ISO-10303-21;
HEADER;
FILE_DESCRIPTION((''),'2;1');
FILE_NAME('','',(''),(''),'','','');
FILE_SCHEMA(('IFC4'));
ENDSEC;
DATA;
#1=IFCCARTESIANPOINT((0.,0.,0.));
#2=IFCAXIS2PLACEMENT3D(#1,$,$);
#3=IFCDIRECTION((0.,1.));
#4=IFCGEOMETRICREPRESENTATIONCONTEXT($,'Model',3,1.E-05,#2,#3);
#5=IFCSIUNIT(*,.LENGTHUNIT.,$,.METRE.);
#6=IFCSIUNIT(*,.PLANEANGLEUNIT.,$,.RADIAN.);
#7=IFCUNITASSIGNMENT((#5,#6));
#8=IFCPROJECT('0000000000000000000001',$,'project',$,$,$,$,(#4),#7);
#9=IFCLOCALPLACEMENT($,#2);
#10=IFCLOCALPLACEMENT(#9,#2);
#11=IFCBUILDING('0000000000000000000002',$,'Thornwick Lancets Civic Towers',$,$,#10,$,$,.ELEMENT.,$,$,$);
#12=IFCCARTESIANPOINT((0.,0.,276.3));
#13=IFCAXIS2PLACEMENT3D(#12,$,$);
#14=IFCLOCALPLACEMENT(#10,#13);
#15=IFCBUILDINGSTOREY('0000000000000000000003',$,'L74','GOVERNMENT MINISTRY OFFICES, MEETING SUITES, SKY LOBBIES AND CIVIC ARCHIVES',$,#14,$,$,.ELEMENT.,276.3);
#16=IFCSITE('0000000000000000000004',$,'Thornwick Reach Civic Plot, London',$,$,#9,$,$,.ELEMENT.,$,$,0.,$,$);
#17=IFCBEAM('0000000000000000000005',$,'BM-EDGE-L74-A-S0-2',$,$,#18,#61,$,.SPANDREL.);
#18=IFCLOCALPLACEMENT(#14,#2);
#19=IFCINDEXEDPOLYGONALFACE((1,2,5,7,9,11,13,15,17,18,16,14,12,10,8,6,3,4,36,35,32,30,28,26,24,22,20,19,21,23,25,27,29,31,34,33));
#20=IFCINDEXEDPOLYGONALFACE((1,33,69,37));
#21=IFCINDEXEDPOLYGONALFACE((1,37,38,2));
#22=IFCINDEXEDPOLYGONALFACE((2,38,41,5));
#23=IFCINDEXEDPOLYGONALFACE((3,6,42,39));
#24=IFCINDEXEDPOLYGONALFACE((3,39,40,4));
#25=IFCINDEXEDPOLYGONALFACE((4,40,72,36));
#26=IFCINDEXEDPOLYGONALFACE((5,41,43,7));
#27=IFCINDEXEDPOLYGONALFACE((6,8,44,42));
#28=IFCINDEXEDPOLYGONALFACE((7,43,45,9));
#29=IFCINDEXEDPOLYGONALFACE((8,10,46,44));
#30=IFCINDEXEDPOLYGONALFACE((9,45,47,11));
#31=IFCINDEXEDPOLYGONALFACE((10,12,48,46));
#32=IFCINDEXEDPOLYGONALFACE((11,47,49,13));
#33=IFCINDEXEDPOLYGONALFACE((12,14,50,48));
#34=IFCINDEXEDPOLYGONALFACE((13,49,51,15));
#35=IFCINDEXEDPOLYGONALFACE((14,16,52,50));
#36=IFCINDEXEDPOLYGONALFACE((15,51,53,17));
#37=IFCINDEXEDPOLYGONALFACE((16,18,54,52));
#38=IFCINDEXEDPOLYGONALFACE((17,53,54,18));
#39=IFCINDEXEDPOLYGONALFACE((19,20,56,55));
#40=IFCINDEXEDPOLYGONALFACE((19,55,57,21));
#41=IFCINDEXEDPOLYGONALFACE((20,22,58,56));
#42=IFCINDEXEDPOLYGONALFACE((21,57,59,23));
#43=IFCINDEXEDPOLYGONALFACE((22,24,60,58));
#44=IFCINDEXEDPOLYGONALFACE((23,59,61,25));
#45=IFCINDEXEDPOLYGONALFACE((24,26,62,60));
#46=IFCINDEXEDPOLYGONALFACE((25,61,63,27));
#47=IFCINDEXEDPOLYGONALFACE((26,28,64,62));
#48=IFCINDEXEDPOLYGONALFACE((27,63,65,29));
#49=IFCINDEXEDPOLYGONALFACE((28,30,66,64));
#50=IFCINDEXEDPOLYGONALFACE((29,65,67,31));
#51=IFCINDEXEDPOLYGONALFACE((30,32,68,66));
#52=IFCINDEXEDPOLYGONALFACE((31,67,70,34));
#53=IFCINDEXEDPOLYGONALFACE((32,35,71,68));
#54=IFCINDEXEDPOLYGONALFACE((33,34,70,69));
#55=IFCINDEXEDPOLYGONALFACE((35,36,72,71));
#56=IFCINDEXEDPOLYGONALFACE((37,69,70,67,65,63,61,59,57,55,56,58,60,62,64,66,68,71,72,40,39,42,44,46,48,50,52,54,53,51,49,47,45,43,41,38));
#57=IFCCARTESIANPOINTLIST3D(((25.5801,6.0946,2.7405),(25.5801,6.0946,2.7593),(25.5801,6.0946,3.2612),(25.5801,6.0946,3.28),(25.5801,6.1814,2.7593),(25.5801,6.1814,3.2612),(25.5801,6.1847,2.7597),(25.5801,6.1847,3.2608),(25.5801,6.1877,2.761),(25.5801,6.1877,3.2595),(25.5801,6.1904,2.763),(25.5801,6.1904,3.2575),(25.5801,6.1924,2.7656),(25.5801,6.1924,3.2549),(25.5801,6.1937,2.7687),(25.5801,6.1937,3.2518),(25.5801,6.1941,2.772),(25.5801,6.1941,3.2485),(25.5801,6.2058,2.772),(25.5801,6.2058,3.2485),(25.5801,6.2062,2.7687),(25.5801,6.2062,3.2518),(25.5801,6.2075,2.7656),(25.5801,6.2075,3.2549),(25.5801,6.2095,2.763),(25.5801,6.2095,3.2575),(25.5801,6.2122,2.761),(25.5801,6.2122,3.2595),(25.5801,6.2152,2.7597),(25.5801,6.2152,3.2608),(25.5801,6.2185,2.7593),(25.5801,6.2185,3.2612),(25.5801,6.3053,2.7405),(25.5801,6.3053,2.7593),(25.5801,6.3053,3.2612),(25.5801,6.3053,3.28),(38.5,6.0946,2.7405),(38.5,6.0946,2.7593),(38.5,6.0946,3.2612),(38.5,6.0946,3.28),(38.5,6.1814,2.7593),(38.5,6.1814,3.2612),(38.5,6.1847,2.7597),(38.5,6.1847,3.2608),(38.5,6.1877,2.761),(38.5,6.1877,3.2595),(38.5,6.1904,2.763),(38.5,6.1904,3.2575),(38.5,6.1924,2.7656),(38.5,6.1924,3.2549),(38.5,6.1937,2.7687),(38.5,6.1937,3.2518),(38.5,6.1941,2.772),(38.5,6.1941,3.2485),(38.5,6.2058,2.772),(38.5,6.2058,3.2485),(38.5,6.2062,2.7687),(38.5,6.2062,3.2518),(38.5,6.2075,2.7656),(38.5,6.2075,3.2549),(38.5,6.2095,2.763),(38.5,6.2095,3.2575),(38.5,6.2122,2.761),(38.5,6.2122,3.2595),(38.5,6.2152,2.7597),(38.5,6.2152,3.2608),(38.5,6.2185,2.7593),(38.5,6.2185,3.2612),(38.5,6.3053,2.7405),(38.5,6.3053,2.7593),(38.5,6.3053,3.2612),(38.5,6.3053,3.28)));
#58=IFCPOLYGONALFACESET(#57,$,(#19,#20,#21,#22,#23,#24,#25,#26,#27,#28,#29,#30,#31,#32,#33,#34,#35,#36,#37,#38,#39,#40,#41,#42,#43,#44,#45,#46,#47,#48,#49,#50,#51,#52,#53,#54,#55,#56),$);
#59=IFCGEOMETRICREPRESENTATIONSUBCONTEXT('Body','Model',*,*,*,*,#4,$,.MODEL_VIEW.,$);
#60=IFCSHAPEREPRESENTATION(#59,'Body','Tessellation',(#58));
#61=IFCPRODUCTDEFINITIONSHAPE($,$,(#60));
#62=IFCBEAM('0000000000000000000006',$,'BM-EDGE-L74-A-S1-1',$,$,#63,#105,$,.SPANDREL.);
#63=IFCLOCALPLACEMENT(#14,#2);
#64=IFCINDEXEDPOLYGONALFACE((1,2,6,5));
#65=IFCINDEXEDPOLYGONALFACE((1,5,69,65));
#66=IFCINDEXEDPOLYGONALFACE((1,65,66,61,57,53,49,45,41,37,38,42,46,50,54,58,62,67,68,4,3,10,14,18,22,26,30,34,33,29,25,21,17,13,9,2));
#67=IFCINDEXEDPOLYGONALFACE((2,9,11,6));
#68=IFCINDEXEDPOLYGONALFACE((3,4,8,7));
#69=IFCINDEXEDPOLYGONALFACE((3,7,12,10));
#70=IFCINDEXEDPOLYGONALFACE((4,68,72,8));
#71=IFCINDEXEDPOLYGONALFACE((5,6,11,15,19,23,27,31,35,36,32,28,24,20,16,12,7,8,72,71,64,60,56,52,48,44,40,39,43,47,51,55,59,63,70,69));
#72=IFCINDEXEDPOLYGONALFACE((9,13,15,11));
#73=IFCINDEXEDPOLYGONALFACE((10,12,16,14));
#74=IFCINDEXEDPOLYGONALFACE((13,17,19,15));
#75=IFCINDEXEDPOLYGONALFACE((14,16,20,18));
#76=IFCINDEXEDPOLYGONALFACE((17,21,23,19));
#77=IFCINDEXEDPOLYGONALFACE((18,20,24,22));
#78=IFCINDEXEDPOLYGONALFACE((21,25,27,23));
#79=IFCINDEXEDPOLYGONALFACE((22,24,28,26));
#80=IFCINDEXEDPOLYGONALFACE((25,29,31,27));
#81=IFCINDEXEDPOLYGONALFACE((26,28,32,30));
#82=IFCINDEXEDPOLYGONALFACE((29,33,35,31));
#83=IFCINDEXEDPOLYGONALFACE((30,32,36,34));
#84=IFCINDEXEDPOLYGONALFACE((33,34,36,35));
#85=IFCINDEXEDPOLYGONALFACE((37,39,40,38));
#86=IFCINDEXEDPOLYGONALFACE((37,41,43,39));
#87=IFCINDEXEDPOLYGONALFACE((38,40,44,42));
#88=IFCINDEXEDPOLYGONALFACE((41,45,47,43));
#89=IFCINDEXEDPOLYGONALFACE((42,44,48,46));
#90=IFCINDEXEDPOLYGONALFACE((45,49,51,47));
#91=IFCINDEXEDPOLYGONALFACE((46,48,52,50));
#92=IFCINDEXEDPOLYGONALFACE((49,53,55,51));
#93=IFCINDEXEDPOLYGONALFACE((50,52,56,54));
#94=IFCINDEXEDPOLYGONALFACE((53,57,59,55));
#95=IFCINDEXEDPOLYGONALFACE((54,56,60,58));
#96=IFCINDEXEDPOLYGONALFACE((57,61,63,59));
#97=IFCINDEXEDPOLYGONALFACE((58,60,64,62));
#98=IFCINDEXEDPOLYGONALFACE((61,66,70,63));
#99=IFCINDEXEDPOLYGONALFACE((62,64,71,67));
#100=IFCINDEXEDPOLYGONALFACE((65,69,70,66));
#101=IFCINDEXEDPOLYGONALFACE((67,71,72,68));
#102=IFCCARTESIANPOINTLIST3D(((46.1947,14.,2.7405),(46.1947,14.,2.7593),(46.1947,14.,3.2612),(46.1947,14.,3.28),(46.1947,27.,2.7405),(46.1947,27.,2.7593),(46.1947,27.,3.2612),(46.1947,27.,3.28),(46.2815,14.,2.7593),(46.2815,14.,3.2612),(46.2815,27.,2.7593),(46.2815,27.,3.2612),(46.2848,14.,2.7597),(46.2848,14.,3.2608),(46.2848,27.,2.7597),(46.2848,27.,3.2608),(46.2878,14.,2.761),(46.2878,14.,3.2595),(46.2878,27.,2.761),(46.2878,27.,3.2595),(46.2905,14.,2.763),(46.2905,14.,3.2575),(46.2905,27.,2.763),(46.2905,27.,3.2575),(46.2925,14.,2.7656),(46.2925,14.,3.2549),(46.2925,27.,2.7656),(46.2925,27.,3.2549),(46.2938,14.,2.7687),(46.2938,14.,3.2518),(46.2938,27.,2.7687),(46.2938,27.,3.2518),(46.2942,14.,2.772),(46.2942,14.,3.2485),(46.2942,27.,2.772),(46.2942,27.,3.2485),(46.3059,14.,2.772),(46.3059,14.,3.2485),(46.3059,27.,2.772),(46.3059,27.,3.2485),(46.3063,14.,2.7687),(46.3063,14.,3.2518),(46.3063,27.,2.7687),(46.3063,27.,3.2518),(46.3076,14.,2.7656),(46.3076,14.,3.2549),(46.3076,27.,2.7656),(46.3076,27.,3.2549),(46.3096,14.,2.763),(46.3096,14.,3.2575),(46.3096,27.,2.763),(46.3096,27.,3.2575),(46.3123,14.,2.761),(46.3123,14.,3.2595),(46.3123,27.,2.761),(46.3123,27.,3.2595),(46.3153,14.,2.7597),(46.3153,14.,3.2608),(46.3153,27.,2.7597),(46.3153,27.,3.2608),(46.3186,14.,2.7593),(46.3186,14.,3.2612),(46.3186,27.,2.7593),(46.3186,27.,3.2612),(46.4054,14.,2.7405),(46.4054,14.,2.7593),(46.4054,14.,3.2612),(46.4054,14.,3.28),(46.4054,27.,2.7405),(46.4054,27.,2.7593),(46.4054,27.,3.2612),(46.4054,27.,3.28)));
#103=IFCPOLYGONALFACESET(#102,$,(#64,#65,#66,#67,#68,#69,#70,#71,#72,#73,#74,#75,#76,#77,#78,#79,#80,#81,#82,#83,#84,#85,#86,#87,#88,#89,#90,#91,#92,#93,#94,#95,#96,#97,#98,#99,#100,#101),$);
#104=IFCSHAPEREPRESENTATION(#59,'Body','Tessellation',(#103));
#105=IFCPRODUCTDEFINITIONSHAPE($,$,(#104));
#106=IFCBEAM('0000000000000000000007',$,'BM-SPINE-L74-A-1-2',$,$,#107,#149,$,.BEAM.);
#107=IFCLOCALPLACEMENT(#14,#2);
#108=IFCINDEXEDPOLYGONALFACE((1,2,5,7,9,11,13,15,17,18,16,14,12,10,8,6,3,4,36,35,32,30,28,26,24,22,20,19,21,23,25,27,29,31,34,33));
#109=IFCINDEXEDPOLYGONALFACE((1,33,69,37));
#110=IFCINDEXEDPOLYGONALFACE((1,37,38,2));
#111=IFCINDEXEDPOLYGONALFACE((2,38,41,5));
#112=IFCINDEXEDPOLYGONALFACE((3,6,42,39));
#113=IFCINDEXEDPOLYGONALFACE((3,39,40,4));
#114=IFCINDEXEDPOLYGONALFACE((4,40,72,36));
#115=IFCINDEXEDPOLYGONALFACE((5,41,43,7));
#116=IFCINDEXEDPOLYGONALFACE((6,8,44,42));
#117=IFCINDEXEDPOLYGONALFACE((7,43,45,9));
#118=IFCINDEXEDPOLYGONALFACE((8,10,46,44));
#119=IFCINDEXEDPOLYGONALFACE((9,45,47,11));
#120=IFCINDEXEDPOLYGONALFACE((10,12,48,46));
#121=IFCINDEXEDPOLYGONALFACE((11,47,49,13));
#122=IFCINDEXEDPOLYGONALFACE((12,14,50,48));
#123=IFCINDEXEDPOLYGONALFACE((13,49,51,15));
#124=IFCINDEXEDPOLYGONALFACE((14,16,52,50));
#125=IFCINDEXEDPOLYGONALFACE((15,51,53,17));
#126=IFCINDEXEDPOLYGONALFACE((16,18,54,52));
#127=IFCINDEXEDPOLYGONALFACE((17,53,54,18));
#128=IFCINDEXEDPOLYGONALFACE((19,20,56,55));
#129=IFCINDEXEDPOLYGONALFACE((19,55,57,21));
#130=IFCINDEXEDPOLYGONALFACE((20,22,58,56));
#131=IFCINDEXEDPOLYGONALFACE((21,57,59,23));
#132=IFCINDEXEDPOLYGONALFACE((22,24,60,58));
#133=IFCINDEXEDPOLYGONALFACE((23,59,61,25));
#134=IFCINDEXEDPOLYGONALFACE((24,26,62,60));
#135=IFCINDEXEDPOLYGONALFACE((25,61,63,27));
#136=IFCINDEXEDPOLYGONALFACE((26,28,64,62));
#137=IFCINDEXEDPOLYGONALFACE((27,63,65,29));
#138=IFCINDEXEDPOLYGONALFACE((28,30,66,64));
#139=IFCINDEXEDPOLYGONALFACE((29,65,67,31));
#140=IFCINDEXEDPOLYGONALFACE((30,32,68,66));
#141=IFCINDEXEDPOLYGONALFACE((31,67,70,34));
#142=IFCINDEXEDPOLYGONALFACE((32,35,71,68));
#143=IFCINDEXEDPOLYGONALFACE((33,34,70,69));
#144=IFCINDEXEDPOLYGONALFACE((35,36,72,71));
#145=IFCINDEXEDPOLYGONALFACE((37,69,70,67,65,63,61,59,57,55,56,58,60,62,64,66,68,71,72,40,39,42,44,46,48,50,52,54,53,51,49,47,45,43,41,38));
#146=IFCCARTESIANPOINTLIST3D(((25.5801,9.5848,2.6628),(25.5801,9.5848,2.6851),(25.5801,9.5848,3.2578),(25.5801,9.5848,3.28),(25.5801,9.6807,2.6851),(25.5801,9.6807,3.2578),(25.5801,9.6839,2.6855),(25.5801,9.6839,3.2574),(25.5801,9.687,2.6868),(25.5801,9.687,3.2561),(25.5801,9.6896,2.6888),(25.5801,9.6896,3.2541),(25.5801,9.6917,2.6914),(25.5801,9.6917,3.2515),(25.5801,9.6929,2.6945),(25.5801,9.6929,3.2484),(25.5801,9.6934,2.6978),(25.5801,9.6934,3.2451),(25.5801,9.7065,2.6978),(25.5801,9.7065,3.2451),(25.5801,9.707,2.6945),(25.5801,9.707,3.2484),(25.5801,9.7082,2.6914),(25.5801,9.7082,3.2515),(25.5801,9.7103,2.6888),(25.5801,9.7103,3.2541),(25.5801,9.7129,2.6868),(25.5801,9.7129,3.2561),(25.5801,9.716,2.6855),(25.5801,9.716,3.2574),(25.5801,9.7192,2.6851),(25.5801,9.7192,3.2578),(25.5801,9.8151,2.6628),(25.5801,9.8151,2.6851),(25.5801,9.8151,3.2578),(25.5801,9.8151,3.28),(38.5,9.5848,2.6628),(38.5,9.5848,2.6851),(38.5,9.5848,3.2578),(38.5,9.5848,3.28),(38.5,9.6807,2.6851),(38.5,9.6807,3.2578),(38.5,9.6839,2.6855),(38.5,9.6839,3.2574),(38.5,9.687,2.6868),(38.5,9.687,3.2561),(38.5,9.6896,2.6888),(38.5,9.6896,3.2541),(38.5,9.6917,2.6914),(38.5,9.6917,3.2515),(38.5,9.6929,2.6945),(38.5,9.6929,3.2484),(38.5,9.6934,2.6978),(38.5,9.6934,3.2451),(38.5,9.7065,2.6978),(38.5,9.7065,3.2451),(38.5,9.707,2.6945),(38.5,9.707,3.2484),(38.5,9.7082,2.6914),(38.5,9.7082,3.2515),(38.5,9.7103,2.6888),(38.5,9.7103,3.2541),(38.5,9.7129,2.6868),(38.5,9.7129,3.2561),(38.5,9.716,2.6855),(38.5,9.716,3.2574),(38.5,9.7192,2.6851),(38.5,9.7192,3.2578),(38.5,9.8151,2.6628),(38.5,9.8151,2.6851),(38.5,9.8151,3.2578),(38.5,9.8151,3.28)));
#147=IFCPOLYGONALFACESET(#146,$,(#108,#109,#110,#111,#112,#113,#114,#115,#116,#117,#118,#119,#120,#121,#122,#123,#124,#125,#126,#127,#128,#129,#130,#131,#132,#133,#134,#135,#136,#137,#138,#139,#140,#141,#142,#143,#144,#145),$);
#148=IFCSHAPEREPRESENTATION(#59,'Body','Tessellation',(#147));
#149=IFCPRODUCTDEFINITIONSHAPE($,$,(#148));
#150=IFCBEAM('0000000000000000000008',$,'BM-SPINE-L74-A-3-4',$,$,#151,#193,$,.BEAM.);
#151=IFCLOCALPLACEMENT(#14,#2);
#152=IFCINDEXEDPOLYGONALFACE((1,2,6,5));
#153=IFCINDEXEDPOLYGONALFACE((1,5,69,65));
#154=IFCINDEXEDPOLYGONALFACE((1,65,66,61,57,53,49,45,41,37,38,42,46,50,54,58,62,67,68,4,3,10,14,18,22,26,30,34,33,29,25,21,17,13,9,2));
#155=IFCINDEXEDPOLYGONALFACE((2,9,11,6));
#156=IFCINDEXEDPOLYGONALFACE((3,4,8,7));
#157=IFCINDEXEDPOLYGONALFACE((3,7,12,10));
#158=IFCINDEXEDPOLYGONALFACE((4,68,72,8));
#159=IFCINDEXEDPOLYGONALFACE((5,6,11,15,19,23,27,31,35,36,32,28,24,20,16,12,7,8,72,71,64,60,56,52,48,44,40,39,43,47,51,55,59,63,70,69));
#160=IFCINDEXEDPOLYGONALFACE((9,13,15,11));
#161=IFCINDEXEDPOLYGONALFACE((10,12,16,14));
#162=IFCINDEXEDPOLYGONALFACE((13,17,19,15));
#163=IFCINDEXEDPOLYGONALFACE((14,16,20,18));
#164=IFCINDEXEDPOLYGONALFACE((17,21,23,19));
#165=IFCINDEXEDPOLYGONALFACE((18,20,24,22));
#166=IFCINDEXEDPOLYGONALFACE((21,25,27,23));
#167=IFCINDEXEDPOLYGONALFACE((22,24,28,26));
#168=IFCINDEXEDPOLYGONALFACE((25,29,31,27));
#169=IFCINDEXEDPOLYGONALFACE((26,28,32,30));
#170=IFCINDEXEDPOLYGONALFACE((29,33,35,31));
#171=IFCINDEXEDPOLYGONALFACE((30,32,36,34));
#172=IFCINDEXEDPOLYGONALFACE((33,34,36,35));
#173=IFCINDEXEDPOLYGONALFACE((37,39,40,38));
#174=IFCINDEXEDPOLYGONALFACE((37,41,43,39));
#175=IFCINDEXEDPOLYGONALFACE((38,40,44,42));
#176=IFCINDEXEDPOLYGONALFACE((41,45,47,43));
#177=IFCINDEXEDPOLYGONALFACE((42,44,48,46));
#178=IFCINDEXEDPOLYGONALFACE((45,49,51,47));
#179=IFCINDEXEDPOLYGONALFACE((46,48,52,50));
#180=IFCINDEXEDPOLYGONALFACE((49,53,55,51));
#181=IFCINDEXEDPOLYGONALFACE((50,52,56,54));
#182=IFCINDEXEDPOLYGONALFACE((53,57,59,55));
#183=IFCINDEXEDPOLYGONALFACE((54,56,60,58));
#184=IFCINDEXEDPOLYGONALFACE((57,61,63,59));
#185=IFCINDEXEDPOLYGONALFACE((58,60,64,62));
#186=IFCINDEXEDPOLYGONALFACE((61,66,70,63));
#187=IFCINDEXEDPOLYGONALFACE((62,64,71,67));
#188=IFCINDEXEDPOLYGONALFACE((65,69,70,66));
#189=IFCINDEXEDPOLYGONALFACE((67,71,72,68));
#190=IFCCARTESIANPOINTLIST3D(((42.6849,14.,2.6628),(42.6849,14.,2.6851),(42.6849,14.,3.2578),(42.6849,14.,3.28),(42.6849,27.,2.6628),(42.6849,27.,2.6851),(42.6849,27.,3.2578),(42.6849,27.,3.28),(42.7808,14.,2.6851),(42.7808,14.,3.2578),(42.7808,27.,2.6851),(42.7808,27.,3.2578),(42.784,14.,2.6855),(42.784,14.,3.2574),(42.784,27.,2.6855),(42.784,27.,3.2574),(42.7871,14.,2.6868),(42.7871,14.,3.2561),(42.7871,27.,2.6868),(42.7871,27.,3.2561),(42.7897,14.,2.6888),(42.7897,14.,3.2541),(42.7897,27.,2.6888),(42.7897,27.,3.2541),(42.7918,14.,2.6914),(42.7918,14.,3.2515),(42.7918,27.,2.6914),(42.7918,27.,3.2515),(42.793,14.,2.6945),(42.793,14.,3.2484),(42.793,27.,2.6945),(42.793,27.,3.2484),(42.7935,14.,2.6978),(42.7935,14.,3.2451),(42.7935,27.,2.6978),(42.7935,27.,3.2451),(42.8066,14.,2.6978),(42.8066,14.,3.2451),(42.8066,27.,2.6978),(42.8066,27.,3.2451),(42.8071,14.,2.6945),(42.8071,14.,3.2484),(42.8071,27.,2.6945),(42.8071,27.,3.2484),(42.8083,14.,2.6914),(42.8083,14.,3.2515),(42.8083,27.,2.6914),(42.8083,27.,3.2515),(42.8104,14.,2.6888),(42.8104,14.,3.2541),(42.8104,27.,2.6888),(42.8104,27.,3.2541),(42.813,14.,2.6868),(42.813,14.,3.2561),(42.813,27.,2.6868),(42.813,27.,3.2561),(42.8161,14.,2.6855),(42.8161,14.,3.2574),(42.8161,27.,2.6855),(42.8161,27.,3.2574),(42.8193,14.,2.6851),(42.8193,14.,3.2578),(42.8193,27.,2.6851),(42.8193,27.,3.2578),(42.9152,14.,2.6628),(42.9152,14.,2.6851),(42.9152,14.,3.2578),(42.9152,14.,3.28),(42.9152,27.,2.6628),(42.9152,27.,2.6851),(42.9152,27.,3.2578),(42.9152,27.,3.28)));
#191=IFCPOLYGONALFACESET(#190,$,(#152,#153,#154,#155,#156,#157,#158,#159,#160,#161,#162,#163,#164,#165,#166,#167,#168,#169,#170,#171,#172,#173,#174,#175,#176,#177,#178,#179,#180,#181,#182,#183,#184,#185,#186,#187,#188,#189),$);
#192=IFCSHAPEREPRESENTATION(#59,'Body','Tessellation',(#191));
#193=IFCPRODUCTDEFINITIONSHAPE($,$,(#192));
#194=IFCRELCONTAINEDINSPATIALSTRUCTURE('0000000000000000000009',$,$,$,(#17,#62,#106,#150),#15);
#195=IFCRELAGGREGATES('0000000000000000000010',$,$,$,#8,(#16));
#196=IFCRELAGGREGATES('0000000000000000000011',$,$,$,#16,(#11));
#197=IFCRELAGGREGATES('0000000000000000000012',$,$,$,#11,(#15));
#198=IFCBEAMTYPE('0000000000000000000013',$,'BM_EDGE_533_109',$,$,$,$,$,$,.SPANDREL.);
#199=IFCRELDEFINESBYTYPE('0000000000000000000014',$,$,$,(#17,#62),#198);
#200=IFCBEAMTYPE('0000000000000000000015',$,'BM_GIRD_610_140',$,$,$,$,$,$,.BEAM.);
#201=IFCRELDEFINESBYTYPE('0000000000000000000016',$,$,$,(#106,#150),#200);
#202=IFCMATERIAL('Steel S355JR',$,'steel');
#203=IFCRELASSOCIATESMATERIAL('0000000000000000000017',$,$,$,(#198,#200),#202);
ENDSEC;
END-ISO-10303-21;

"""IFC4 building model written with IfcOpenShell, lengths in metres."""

from ifc_helpers import new_model, si_unit, direction, frame, origin, origin_2d, place, context, subcontext, project, spatial, i_section, extrude, material, material_profile, profile_set, type_object, element, save


model = new_model("IFC4")

# Units and contexts
model_context = context("Model", 3, precision=1e-05, world=origin(), true_north=direction((0.0, 1.0)))
body_context = subcontext(model_context, "Body", "Model", "MODEL_VIEW")
ifc_project = project(units=[si_unit("LENGTHUNIT", "METRE"), si_unit("PLANEANGLEUNIT", "RADIAN")], contexts=[model_context])

# Site, building, storey
site_placement = place(None, origin())
site = spatial("IfcSite", under=ifc_project, at=site_placement, Name="Thornwick Reach Civic Plot, London", CompositionType="ELEMENT", RefElevation=0.0)
building_placement = place(site_placement, origin())
building = spatial("IfcBuilding", under=site, at=building_placement, Name="Thornwick Lancets Civic Towers", CompositionType="ELEMENT")
storey_placement = place(building_placement, frame((0.0, 0.0, 276.3)))
storey = spatial("IfcBuildingStorey", under=building, at=storey_placement, Name="L74", Description="GOVERNMENT MINISTRY OFFICES, MEETING SUITES, SKY LOBBIES AND CIVIC ARCHIVES", CompositionType="ELEMENT", Elevation=276.3)

# Shared definitions
ifc_material_1 = material(Name="Steel S355JR", Category="steel")

# Beams
ifc_material_profile_1 = material_profile(ifc_material_1, i_section(OverallWidth=0.2107, OverallDepth=0.5396, WebThickness=0.0117, FlangeThickness=0.0188, FilletRadius=0.0127, at=origin_2d()), Name="UKB 533x210x109")
ifc_profile_set_1 = profile_set([ifc_material_profile_1], Name="Steel S355JR")
beam_type_1 = type_object("IfcBeamType", Name="BM_EDGE_533_109", PredefinedType="SPANDREL", material=ifc_profile_set_1)
beam_1_placement = place(storey_placement, frame((25.5801, 6.2, 3.0103), z_axis=(1.0, 0.0, 0.0), x_axis=(0.0, 1.0, 0.0)))
element("IfcBeam", 1, at=beam_1_placement, inside=storey, type_object=beam_type_1, Name="BM-EDGE-L74-A-S0-2", PredefinedType="SPANDREL", context=body_context, shape_type="SweptSolid", body=[
    extrude(i_section(OverallWidth=0.2107, OverallDepth=0.5396, WebThickness=0.0117, FlangeThickness=0.0188, FilletRadius=0.0127, at=origin_2d()), origin(), (0.0, 0.0, 1.0), 12.9199),
])
beam_2_placement = place(storey_placement, frame((46.3, 14.0, 3.0103), z_axis=(0.0, 1.0, 0.0), x_axis=(-1.0, 0.0, 0.0)))
element("IfcBeam", 2, at=beam_2_placement, inside=storey, type_object=beam_type_1, Name="BM-EDGE-L74-A-S1-1", PredefinedType="SPANDREL", context=body_context, shape_type="SweptSolid", body=[
    extrude(i_section(OverallWidth=0.2107, OverallDepth=0.5396, WebThickness=0.0117, FlangeThickness=0.0188, FilletRadius=0.0127, at=origin_2d()), origin(), (0.0, 0.0, 1.0), 13.0),
])
ifc_material_profile_2 = material_profile(ifc_material_1, i_section(OverallWidth=0.2302, OverallDepth=0.6172, WebThickness=0.0132, FlangeThickness=0.0222, FilletRadius=0.0127, at=origin_2d()), Name="UKB 610x229x140")
ifc_profile_set_2 = profile_set([ifc_material_profile_2], Name="Steel S355JR")
beam_type_2 = type_object("IfcBeamType", Name="BM_GIRD_610_140", PredefinedType="BEAM", material=ifc_profile_set_2)
beam_3_placement = place(storey_placement, frame((25.5801, 9.7, 2.9714), z_axis=(1.0, 0.0, 0.0), x_axis=(0.0, 1.0, 0.0)))
element("IfcBeam", 3, at=beam_3_placement, inside=storey, type_object=beam_type_2, Name="BM-SPINE-L74-A-1-2", PredefinedType="BEAM", context=body_context, shape_type="SweptSolid", body=[
    extrude(i_section(OverallWidth=0.2302, OverallDepth=0.6172, WebThickness=0.0132, FlangeThickness=0.0222, FilletRadius=0.0127, at=origin_2d()), origin(), (0.0, 0.0, 1.0), 12.9199),
])
beam_4_placement = place(storey_placement, frame((42.8, 14.0, 2.9714), z_axis=(0.0, 1.0, 0.0), x_axis=(-1.0, 0.0, 0.0)))
element("IfcBeam", 4, at=beam_4_placement, inside=storey, type_object=beam_type_2, Name="BM-SPINE-L74-A-3-4", PredefinedType="BEAM", context=body_context, shape_type="SweptSolid", body=[
    extrude(i_section(OverallWidth=0.2302, OverallDepth=0.6172, WebThickness=0.0132, FlangeThickness=0.0222, FilletRadius=0.0127, at=origin_2d()), origin(), (0.0, 0.0, 1.0), 13.0),
])

save(model, "model.ifc")
